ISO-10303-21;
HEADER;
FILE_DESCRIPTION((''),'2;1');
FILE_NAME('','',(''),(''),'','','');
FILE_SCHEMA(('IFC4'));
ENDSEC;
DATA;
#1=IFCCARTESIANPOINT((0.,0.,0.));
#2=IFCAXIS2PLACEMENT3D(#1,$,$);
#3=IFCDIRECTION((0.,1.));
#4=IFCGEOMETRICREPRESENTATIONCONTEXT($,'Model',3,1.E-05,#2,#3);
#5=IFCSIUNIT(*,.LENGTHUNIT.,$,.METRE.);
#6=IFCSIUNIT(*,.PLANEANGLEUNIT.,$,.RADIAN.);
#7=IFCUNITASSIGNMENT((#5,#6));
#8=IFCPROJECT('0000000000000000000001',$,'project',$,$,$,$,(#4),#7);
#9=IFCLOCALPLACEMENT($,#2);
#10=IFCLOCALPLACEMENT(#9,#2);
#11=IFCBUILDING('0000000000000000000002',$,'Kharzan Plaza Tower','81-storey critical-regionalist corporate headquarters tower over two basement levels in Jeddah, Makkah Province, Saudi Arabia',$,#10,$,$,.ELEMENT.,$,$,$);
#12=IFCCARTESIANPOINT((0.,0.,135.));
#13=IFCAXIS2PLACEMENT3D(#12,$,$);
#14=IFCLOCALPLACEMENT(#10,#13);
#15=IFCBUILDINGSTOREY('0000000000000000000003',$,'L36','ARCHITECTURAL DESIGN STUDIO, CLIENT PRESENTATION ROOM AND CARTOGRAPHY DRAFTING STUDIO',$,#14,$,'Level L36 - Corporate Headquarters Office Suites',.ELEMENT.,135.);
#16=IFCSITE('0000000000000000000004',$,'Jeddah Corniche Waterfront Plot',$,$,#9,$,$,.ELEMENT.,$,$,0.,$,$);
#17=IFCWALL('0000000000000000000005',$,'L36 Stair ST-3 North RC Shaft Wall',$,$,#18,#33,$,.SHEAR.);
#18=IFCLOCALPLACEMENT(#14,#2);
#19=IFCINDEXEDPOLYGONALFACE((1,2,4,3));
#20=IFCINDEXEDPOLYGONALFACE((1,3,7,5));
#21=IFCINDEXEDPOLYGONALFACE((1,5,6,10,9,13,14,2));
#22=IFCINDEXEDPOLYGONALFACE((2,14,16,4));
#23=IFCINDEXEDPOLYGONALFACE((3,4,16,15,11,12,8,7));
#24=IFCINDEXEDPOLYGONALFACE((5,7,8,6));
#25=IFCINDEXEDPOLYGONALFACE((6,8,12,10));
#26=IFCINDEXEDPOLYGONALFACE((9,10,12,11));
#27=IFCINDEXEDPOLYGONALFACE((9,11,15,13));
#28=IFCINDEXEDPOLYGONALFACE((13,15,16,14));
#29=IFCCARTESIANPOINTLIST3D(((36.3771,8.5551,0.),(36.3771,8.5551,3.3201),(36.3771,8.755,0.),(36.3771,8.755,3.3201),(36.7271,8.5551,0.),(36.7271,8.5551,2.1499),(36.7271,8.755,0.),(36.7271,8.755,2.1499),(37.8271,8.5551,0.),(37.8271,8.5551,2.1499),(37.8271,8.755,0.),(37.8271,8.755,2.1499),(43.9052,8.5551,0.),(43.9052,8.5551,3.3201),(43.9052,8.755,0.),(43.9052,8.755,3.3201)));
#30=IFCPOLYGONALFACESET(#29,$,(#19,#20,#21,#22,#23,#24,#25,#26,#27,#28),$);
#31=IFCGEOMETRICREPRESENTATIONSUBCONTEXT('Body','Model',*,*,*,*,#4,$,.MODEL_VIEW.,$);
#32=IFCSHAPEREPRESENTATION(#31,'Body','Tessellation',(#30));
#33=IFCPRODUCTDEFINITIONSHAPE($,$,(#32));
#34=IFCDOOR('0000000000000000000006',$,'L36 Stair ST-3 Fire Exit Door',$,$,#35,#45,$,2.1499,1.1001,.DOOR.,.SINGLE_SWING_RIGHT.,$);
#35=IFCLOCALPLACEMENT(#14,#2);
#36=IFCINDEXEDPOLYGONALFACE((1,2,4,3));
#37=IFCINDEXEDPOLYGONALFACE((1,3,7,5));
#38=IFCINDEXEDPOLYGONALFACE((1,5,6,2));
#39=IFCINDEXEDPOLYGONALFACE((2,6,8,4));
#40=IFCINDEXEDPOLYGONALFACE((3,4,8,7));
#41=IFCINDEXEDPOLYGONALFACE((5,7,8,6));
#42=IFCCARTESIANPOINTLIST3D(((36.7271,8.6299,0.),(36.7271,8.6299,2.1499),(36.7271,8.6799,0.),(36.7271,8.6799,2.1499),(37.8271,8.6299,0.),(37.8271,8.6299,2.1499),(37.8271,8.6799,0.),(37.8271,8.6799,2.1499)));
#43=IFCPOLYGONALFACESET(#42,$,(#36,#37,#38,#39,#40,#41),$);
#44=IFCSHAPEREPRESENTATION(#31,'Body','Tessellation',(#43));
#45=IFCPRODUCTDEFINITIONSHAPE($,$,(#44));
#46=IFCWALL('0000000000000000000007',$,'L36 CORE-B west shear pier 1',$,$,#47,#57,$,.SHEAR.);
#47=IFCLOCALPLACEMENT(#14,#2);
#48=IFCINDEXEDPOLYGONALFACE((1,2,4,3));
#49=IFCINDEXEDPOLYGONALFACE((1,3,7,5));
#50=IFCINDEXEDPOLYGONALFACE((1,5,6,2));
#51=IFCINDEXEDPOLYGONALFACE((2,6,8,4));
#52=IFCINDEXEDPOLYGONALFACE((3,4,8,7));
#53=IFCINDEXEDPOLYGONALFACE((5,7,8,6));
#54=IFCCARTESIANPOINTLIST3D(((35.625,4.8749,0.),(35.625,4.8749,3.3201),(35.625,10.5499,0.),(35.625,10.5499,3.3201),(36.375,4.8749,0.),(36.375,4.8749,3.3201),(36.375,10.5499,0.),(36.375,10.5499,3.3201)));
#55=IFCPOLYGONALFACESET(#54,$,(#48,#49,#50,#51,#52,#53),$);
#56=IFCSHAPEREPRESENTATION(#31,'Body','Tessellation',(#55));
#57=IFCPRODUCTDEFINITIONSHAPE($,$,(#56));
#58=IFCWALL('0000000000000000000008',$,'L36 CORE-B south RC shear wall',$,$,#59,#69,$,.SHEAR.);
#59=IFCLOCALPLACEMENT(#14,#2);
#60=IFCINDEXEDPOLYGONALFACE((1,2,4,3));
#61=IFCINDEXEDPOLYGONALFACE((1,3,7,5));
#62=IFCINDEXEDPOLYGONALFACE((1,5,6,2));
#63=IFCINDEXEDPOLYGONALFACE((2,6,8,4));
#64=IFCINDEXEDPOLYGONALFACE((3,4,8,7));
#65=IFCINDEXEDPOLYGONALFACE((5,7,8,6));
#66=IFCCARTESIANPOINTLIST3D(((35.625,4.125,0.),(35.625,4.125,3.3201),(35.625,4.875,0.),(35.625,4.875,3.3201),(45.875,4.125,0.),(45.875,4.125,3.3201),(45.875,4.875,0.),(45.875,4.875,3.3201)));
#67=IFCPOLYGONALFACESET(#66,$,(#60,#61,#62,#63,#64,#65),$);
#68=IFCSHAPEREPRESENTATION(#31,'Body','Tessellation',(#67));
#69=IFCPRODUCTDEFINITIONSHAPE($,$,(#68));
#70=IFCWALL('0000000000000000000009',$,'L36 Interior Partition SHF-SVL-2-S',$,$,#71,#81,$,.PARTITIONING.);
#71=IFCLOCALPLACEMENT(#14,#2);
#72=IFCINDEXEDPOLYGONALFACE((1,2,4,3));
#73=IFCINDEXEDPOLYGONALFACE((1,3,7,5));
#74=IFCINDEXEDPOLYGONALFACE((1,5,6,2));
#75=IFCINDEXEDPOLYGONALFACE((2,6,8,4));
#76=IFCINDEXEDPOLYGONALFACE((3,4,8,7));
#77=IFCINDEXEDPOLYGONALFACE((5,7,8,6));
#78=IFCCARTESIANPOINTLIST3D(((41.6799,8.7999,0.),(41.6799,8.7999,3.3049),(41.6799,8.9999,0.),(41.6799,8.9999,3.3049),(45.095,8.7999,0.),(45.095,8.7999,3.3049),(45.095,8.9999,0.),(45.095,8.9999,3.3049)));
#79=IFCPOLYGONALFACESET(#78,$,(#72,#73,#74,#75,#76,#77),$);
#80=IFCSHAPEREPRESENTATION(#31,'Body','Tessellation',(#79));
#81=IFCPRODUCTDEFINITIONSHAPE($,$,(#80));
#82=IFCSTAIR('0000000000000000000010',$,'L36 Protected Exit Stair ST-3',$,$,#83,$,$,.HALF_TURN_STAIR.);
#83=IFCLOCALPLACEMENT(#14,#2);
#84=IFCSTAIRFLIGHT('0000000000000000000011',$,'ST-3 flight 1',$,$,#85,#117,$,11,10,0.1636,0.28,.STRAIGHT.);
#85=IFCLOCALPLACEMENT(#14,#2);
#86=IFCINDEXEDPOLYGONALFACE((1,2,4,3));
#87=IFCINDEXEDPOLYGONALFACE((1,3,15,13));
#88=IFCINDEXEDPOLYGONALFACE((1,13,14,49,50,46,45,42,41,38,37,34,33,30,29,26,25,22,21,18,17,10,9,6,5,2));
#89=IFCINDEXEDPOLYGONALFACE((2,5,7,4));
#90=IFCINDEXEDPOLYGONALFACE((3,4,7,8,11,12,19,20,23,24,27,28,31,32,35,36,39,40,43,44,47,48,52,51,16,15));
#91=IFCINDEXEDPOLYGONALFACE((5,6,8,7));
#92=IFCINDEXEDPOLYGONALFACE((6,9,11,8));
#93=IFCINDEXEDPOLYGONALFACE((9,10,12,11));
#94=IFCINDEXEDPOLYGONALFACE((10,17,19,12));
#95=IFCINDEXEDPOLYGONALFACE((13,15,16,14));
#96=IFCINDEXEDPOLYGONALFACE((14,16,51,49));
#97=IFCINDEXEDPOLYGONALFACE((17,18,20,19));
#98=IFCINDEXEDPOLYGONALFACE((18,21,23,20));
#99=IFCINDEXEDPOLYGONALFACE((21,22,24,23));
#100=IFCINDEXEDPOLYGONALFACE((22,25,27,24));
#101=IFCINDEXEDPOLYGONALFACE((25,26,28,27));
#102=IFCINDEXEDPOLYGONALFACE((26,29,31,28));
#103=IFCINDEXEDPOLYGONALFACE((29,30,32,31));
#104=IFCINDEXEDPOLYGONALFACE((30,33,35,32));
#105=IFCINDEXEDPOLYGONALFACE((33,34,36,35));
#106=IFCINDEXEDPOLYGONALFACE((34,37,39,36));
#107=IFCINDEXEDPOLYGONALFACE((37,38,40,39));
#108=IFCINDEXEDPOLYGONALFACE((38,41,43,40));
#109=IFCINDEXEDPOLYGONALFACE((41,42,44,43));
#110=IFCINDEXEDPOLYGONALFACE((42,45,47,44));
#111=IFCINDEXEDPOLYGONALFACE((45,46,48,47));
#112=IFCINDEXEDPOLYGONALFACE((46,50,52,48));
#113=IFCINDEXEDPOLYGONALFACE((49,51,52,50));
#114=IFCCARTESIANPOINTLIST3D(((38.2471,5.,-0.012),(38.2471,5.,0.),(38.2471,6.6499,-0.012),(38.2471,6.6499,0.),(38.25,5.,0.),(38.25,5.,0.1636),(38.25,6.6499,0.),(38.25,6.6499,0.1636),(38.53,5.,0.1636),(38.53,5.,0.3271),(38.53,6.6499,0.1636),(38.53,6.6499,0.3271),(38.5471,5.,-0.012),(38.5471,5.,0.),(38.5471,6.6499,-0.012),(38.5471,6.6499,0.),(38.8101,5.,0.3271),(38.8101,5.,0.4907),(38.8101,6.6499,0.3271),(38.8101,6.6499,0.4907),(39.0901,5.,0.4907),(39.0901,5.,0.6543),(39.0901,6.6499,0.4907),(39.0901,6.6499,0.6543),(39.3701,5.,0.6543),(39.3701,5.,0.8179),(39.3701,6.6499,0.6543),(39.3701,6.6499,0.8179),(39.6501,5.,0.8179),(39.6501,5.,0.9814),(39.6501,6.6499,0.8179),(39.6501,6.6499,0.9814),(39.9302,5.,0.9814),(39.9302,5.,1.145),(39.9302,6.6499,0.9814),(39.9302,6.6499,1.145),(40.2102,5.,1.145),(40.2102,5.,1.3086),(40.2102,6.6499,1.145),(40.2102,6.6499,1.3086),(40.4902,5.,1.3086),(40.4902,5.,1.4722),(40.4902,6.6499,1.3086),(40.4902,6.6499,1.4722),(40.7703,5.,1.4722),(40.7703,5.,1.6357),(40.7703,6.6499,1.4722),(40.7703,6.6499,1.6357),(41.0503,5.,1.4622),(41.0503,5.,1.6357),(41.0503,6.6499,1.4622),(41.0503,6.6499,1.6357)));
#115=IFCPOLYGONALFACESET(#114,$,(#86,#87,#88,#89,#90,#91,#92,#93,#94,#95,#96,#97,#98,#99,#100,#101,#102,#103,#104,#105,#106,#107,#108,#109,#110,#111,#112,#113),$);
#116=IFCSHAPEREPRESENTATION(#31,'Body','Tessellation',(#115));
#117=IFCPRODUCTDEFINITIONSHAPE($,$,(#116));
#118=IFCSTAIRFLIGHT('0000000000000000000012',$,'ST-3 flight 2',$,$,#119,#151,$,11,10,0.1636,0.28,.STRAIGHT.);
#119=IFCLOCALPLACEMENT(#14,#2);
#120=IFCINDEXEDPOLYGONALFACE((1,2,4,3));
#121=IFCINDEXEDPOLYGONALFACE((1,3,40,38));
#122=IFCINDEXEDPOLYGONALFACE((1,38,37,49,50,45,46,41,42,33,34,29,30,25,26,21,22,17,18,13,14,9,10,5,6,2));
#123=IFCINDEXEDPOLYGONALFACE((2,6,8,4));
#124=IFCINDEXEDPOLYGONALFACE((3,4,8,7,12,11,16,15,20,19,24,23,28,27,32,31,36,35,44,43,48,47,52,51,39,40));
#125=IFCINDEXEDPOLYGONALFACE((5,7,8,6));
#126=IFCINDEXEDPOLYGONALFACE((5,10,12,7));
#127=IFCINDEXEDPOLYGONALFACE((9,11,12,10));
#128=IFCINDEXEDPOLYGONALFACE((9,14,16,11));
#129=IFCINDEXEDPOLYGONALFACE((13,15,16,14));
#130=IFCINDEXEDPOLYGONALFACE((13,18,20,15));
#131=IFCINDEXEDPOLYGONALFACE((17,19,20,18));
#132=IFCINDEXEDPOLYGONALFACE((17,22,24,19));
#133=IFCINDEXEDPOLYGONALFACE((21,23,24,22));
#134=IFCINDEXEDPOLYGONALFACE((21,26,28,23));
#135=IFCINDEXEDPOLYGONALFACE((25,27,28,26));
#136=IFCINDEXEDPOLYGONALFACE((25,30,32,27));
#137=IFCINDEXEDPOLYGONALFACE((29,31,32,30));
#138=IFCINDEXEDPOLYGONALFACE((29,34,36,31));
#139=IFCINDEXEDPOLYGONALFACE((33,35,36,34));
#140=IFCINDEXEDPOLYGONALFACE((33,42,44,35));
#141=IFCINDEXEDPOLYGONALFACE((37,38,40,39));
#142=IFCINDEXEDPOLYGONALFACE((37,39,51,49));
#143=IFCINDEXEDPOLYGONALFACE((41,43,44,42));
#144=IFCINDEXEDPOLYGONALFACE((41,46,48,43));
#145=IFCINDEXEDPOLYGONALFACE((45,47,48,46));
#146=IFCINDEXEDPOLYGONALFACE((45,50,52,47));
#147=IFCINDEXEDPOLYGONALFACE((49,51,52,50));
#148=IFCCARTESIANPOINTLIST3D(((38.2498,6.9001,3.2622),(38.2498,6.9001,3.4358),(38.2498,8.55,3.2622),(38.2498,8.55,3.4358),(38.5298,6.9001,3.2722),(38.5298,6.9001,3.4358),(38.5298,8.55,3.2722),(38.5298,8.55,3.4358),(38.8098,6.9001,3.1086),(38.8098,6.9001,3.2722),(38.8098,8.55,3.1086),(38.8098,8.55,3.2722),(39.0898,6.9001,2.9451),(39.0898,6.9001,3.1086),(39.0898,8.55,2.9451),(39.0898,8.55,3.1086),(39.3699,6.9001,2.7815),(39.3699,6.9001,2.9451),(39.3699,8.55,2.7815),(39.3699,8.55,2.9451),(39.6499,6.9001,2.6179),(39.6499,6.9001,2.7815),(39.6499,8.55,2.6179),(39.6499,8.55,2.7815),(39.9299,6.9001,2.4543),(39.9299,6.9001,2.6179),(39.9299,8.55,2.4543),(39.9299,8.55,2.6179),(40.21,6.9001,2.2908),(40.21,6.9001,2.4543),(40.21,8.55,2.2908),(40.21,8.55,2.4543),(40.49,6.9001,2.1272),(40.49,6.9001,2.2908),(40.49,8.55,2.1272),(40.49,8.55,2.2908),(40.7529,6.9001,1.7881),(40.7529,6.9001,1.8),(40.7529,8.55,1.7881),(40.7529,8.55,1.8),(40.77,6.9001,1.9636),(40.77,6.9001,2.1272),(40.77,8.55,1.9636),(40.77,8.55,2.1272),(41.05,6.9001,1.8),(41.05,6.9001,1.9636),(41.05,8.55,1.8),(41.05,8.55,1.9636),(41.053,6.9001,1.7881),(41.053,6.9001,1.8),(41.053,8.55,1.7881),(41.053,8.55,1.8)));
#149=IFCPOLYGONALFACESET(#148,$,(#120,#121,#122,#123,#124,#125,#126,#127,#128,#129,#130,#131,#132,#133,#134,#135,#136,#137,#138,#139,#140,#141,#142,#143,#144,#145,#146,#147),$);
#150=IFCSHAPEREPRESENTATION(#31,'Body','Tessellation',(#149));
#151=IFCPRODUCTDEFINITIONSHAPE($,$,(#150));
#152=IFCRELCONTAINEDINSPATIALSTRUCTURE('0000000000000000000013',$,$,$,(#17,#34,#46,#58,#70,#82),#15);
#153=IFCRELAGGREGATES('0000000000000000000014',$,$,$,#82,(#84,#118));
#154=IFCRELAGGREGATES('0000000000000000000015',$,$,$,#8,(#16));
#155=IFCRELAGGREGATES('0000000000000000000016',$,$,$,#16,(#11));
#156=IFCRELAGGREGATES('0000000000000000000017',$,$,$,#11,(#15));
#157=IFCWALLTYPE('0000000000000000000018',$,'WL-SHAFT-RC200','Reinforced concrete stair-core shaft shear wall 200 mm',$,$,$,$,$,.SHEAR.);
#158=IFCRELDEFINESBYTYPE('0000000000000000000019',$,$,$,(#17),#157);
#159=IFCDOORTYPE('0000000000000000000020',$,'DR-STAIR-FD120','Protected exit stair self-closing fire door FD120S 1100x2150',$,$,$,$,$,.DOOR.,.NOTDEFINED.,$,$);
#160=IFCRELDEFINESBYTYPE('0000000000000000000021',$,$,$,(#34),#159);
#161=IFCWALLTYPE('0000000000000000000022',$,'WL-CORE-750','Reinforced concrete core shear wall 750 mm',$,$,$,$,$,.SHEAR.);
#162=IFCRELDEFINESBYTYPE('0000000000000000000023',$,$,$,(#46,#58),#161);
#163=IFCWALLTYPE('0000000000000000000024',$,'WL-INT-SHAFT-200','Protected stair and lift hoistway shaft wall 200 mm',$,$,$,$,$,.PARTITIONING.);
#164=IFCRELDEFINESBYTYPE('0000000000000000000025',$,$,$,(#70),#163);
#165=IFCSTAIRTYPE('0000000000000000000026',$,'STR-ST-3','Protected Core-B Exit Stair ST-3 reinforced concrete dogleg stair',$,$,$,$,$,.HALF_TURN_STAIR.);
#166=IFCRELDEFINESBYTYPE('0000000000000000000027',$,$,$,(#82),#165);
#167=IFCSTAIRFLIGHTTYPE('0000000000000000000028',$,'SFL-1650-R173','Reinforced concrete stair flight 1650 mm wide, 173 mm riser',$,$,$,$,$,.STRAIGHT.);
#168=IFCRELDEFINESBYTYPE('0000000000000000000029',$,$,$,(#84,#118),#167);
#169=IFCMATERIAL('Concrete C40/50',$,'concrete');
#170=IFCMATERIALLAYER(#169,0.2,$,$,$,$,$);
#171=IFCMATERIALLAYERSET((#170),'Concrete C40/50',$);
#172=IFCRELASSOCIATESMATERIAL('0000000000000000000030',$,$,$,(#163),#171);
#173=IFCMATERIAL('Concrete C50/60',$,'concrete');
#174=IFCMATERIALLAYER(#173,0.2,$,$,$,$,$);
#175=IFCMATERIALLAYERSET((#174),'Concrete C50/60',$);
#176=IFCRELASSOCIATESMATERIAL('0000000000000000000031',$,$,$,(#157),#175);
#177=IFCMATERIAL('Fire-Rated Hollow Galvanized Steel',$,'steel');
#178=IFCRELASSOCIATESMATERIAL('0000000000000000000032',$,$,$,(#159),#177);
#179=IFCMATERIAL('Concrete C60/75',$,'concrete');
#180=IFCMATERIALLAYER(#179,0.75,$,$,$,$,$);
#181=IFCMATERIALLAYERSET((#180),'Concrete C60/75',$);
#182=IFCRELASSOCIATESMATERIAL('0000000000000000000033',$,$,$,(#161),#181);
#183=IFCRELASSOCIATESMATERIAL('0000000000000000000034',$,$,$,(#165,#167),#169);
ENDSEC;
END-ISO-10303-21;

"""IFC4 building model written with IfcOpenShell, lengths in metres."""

from ifc_helpers import new_model, si_unit, direction, frame, frame_2d, origin, place, context, subcontext, project, spatial, polyline, rectangle, outline, extrude, source, transform, mapped, material, layer, layer_set, type_object, element, fill, aggregate, save


model = new_model("IFC4")

# Units and contexts
model_context = context("Model", 3, precision=1e-05, world=origin(), true_north=direction((0.0, 1.0)))
body_context = subcontext(model_context, "Body", "Model", "MODEL_VIEW")
ifc_project = project(units=[si_unit("LENGTHUNIT", "METRE"), si_unit("PLANEANGLEUNIT", "RADIAN")], contexts=[model_context])

# Site, building, storey
site_placement = place(None, origin())
site = spatial("IfcSite", under=ifc_project, at=site_placement, Name="Jeddah Corniche Waterfront Plot", CompositionType="ELEMENT", RefElevation=0.0)
building_placement = place(site_placement, origin())
building = spatial("IfcBuilding", under=site, at=building_placement, Name="Kharzan Plaza Tower", Description="81-storey critical-regionalist corporate headquarters tower over two basement levels in Jeddah, Makkah Province, Saudi Arabia", CompositionType="ELEMENT")
storey_placement = place(building_placement, frame((0.0, 0.0, 135.0)))
storey = spatial("IfcBuildingStorey", under=building, at=storey_placement, Name="L36", Description="ARCHITECTURAL DESIGN STUDIO, CLIENT PRESENTATION ROOM AND CARTOGRAPHY DRAFTING STUDIO", LongName="Level L36 - Corporate Headquarters Office Suites", CompositionType="ELEMENT", Elevation=135.0)

# Shared definitions
ifc_material_1 = material(Name="Concrete C60/75", Category="concrete")

# Shared definitions
ifc_material_2 = material(Name="Concrete C40/50", Category="concrete")

# Wall, opening, door
ifc_layer_1 = layer(ifc_material_2, 0.2)
ifc_layer_set_1 = layer_set([ifc_layer_1], Name="Concrete C40/50")
wall_type_1 = type_object("IfcWallType", Name="WL-INT-SHAFT-200", Description="Protected stair and lift hoistway shaft wall 200 mm", PredefinedType="PARTITIONING", material=ifc_layer_set_1)
ifc_material_3 = material(Name="Concrete C50/60", Category="concrete")
ifc_layer_2 = layer(ifc_material_3, 0.2)
ifc_layer_set_2 = layer_set([ifc_layer_2], Name="Concrete C50/60")
wall_type_2 = type_object("IfcWallType", Name="WL-SHAFT-RC200", Description="Reinforced concrete stair-core shaft shear wall 200 mm", PredefinedType="SHEAR", material=ifc_layer_set_2)
wall_1_placement = place(storey_placement, frame((36.377, 8.655, 0.0), z_axis=(0.0, 0.0, 1.0), x_axis=(1.0, 0.0, 0.0)))
wall_1 = element("IfcWall", 1, at=wall_1_placement, inside=storey, type_object=wall_type_2, Name="L36 Stair ST-3 North RC Shaft Wall", PredefinedType="SHEAR", context=body_context, shape_type="SweptSolid", body=[
    extrude(rectangle(XDim=7.5281, YDim=0.2, at=frame_2d((3.7642, 0.0))), origin(), (0.0, 0.0, 1.0), 3.3201),
])
opening_1_placement = place(wall_1_placement, frame((0.3501, 0.0, 0.0)))
opening_1 = element("IfcOpeningElement", 2, at=opening_1_placement, cuts=wall_1, PredefinedType="OPENING", context=body_context, shape_type="SweptSolid", body=[
    extrude(rectangle(XDim=1.1001, YDim=2.1499, at=frame_2d((0.55, 1.075))), frame((0.0, 0.1099, 0.0), z_axis=(0.0, -1.0, 0.0), x_axis=(1.0, 0.0, 0.0)), (0.0, 0.0, 1.0), 0.22),
])
ifc_material_4 = material(Name="Fire-Rated Hollow Galvanized Steel", Category="steel")
door_type_1 = type_object("IfcDoorType", Name="DR-STAIR-FD120", Description="Protected exit stair self-closing fire door FD120S 1100x2150", OperationType="NOTDEFINED", PredefinedType="DOOR", material=ifc_material_4)
shared_shape_1 = source(origin(), body_context, "Body", "SweptSolid", [
    extrude(rectangle(XDim=1.1001, YDim=2.1499, at=frame_2d((0.55, 1.075))), frame((0.0, 0.0249, 0.0), z_axis=(0.0, -1.0, 0.0), x_axis=(1.0, 0.0, 0.0)), (0.0, 0.0, 1.0), 0.05),
])
door_1_placement = place(opening_1_placement, origin())
door_1 = element("IfcDoor", 3, at=door_1_placement, inside=storey, type_object=door_type_1, Name="L36 Stair ST-3 Fire Exit Door", OperationType="SINGLE_SWING_RIGHT", OverallHeight=2.1499, OverallWidth=1.1001, PredefinedType="DOOR", context=body_context, shape_type="MappedRepresentation", body=[
    mapped(shared_shape_1, transform((0.0, 0.0, 0.0), x_axis=(1.0, 0.0, 0.0), y_axis=(0.0, 1.0, 0.0), z_axis=(0.0, 0.0, 1.0))),
])
fill(opening_1, door_1)

# Walls
ifc_layer_3 = layer(ifc_material_1, 0.75)
ifc_layer_set_3 = layer_set([ifc_layer_3], Name="Concrete C60/75")
wall_type_3 = type_object("IfcWallType", Name="WL-CORE-750", Description="Reinforced concrete core shear wall 750 mm", PredefinedType="SHEAR", material=ifc_layer_set_3)
shared_shape_2 = source(origin(), body_context, "Body", "SweptSolid", [
    extrude(rectangle(XDim=5.675, YDim=0.75, at=frame_2d((2.8374, 0.0))), origin(), (0.0, 0.0, 1.0), 3.3201),
])
wall_2_placement = place(storey_placement, frame((36.0, 4.875, 0.0), z_axis=(0.0, 0.0, 1.0), x_axis=(0.0, 1.0, 0.0)))
element("IfcWall", 4, at=wall_2_placement, inside=storey, type_object=wall_type_3, Name="L36 CORE-B west shear pier 1", PredefinedType="SHEAR", context=body_context, shape_type="MappedRepresentation", body=[
    mapped(shared_shape_2, transform((0.0, 0.0, 0.0), x_axis=(1.0, 0.0, 0.0), y_axis=(0.0, 1.0, 0.0), z_axis=(0.0, 0.0, 1.0))),
])
shared_shape_3 = source(origin(), body_context, "Body", "SweptSolid", [
    extrude(rectangle(XDim=10.25, YDim=0.75, at=frame_2d((5.125, 0.0))), origin(), (0.0, 0.0, 1.0), 3.3201),
])
wall_3_placement = place(storey_placement, frame((35.625, 4.5, 0.0), z_axis=(0.0, 0.0, 1.0), x_axis=(1.0, 0.0, 0.0)))
element("IfcWall", 5, at=wall_3_placement, inside=storey, type_object=wall_type_3, Name="L36 CORE-B south RC shear wall", PredefinedType="SHEAR", context=body_context, shape_type="MappedRepresentation", body=[
    mapped(shared_shape_3, transform((0.0, 0.0, 0.0), x_axis=(1.0, 0.0, 0.0), y_axis=(0.0, 1.0, 0.0), z_axis=(0.0, 0.0, 1.0))),
])
shared_shape_4 = source(origin(), body_context, "Body", "SweptSolid", [
    extrude(rectangle(XDim=3.415, YDim=0.2, at=frame_2d((1.7075, 0.0))), origin(), (0.0, 0.0, 1.0), 3.3049),
])
wall_4_placement = place(storey_placement, frame((41.6799, 8.8999, 0.0), z_axis=(0.0, 0.0, 1.0), x_axis=(1.0, 0.0, 0.0)))
element("IfcWall", 6, at=wall_4_placement, inside=storey, type_object=wall_type_1, Name="L36 Interior Partition SHF-SVL-2-S", PredefinedType="PARTITIONING", context=body_context, shape_type="MappedRepresentation", body=[
    mapped(shared_shape_4, transform((0.0, 0.0, 0.0), x_axis=(1.0, 0.0, 0.0), y_axis=(0.0, 1.0, 0.0), z_axis=(0.0, 0.0, 1.0))),
])

# Stair, stair flights
stair_type = type_object("IfcStairType", Name="STR-ST-3", Description="Protected Core-B Exit Stair ST-3 reinforced concrete dogleg stair", PredefinedType="HALF_TURN_STAIR", material=ifc_material_2)
stair_placement = place(storey_placement, origin())
stair = element("IfcStair", 7, at=stair_placement, inside=storey, type_object=stair_type, Name="L36 Protected Exit Stair ST-3", PredefinedType="HALF_TURN_STAIR")
stair_flight_type = type_object("IfcStairFlightType", Name="SFL-1650-R173", Description="Reinforced concrete stair flight 1650 mm wide, 173 mm riser", PredefinedType="STRAIGHT", material=ifc_material_2)
shared_shape_5 = source(origin(), body_context, "Body", "SweptSolid", [
    extrude(outline(polyline([(-0.0029, -0.012), (-0.0029, 0.0), (0.0, 0.0), (0.0, 0.1636), (0.28, 0.1636), (0.28, 0.3271), (0.5601, 0.3271), (0.5601, 0.4907), (0.8401, 0.4907), (0.8401, 0.6543), (1.1201, 0.6543), (1.1201, 0.8179), (1.4001, 0.8179), (1.4001, 0.9814), (1.6802, 0.9814), (1.6802, 1.145), (1.9602, 1.145), (1.9602, 1.3086), (2.2402, 1.3086), (2.2402, 1.4722), (2.5203, 1.4722), (2.5203, 1.6357), (2.8003, 1.6357), (2.8003, 1.7993), (2.8003, 1.4622), (0.2971, 0.0), (0.2971, -0.012), (-0.0029, -0.012)])), frame((0.0, 0.825, 0.0), z_axis=(0.0, -1.0, 0.0), x_axis=(1.0, 0.0, 0.0)), (0.0, 0.0, 1.0), 1.6499),
])
stair_flight_1_placement = place(storey_placement, frame((38.25, 5.825, 0.0), z_axis=(0.0, 0.0, 1.0), x_axis=(1.0, 0.0, 0.0)))
stair_flight_1 = element("IfcStairFlight", 8, at=stair_flight_1_placement, type_object=stair_flight_type, Name="ST-3 flight 1", NumberOfRisers=11, NumberOfTreads=10, PredefinedType="STRAIGHT", RiserHeight=0.1636, TreadLength=0.28, context=body_context, shape_type="MappedRepresentation", body=[
    mapped(shared_shape_5, transform((0.0, 0.0, 0.0), x_axis=(1.0, 0.0, 0.0), y_axis=(0.0, 1.0, 0.0), z_axis=(0.0, 0.0, 1.0))),
])
stair_flight_2_placement = place(storey_placement, frame((41.05, 7.7251, 1.8), z_axis=(0.0, 0.0, 1.0), x_axis=(-1.0, 0.0, 0.0)))
stair_flight_2 = element("IfcStairFlight", 9, at=stair_flight_2_placement, type_object=stair_flight_type, Name="ST-3 flight 2", NumberOfRisers=11, NumberOfTreads=10, PredefinedType="STRAIGHT", RiserHeight=0.1636, TreadLength=0.28, context=body_context, shape_type="MappedRepresentation", body=[
    mapped(shared_shape_5, transform((0.0, 0.0, 0.0), x_axis=(1.0, 0.0, 0.0), y_axis=(0.0, 1.0, 0.0), z_axis=(0.0, 0.0, 1.0))),
])
aggregate(stair, [stair_flight_1, stair_flight_2])

save(model, "model.ifc")
